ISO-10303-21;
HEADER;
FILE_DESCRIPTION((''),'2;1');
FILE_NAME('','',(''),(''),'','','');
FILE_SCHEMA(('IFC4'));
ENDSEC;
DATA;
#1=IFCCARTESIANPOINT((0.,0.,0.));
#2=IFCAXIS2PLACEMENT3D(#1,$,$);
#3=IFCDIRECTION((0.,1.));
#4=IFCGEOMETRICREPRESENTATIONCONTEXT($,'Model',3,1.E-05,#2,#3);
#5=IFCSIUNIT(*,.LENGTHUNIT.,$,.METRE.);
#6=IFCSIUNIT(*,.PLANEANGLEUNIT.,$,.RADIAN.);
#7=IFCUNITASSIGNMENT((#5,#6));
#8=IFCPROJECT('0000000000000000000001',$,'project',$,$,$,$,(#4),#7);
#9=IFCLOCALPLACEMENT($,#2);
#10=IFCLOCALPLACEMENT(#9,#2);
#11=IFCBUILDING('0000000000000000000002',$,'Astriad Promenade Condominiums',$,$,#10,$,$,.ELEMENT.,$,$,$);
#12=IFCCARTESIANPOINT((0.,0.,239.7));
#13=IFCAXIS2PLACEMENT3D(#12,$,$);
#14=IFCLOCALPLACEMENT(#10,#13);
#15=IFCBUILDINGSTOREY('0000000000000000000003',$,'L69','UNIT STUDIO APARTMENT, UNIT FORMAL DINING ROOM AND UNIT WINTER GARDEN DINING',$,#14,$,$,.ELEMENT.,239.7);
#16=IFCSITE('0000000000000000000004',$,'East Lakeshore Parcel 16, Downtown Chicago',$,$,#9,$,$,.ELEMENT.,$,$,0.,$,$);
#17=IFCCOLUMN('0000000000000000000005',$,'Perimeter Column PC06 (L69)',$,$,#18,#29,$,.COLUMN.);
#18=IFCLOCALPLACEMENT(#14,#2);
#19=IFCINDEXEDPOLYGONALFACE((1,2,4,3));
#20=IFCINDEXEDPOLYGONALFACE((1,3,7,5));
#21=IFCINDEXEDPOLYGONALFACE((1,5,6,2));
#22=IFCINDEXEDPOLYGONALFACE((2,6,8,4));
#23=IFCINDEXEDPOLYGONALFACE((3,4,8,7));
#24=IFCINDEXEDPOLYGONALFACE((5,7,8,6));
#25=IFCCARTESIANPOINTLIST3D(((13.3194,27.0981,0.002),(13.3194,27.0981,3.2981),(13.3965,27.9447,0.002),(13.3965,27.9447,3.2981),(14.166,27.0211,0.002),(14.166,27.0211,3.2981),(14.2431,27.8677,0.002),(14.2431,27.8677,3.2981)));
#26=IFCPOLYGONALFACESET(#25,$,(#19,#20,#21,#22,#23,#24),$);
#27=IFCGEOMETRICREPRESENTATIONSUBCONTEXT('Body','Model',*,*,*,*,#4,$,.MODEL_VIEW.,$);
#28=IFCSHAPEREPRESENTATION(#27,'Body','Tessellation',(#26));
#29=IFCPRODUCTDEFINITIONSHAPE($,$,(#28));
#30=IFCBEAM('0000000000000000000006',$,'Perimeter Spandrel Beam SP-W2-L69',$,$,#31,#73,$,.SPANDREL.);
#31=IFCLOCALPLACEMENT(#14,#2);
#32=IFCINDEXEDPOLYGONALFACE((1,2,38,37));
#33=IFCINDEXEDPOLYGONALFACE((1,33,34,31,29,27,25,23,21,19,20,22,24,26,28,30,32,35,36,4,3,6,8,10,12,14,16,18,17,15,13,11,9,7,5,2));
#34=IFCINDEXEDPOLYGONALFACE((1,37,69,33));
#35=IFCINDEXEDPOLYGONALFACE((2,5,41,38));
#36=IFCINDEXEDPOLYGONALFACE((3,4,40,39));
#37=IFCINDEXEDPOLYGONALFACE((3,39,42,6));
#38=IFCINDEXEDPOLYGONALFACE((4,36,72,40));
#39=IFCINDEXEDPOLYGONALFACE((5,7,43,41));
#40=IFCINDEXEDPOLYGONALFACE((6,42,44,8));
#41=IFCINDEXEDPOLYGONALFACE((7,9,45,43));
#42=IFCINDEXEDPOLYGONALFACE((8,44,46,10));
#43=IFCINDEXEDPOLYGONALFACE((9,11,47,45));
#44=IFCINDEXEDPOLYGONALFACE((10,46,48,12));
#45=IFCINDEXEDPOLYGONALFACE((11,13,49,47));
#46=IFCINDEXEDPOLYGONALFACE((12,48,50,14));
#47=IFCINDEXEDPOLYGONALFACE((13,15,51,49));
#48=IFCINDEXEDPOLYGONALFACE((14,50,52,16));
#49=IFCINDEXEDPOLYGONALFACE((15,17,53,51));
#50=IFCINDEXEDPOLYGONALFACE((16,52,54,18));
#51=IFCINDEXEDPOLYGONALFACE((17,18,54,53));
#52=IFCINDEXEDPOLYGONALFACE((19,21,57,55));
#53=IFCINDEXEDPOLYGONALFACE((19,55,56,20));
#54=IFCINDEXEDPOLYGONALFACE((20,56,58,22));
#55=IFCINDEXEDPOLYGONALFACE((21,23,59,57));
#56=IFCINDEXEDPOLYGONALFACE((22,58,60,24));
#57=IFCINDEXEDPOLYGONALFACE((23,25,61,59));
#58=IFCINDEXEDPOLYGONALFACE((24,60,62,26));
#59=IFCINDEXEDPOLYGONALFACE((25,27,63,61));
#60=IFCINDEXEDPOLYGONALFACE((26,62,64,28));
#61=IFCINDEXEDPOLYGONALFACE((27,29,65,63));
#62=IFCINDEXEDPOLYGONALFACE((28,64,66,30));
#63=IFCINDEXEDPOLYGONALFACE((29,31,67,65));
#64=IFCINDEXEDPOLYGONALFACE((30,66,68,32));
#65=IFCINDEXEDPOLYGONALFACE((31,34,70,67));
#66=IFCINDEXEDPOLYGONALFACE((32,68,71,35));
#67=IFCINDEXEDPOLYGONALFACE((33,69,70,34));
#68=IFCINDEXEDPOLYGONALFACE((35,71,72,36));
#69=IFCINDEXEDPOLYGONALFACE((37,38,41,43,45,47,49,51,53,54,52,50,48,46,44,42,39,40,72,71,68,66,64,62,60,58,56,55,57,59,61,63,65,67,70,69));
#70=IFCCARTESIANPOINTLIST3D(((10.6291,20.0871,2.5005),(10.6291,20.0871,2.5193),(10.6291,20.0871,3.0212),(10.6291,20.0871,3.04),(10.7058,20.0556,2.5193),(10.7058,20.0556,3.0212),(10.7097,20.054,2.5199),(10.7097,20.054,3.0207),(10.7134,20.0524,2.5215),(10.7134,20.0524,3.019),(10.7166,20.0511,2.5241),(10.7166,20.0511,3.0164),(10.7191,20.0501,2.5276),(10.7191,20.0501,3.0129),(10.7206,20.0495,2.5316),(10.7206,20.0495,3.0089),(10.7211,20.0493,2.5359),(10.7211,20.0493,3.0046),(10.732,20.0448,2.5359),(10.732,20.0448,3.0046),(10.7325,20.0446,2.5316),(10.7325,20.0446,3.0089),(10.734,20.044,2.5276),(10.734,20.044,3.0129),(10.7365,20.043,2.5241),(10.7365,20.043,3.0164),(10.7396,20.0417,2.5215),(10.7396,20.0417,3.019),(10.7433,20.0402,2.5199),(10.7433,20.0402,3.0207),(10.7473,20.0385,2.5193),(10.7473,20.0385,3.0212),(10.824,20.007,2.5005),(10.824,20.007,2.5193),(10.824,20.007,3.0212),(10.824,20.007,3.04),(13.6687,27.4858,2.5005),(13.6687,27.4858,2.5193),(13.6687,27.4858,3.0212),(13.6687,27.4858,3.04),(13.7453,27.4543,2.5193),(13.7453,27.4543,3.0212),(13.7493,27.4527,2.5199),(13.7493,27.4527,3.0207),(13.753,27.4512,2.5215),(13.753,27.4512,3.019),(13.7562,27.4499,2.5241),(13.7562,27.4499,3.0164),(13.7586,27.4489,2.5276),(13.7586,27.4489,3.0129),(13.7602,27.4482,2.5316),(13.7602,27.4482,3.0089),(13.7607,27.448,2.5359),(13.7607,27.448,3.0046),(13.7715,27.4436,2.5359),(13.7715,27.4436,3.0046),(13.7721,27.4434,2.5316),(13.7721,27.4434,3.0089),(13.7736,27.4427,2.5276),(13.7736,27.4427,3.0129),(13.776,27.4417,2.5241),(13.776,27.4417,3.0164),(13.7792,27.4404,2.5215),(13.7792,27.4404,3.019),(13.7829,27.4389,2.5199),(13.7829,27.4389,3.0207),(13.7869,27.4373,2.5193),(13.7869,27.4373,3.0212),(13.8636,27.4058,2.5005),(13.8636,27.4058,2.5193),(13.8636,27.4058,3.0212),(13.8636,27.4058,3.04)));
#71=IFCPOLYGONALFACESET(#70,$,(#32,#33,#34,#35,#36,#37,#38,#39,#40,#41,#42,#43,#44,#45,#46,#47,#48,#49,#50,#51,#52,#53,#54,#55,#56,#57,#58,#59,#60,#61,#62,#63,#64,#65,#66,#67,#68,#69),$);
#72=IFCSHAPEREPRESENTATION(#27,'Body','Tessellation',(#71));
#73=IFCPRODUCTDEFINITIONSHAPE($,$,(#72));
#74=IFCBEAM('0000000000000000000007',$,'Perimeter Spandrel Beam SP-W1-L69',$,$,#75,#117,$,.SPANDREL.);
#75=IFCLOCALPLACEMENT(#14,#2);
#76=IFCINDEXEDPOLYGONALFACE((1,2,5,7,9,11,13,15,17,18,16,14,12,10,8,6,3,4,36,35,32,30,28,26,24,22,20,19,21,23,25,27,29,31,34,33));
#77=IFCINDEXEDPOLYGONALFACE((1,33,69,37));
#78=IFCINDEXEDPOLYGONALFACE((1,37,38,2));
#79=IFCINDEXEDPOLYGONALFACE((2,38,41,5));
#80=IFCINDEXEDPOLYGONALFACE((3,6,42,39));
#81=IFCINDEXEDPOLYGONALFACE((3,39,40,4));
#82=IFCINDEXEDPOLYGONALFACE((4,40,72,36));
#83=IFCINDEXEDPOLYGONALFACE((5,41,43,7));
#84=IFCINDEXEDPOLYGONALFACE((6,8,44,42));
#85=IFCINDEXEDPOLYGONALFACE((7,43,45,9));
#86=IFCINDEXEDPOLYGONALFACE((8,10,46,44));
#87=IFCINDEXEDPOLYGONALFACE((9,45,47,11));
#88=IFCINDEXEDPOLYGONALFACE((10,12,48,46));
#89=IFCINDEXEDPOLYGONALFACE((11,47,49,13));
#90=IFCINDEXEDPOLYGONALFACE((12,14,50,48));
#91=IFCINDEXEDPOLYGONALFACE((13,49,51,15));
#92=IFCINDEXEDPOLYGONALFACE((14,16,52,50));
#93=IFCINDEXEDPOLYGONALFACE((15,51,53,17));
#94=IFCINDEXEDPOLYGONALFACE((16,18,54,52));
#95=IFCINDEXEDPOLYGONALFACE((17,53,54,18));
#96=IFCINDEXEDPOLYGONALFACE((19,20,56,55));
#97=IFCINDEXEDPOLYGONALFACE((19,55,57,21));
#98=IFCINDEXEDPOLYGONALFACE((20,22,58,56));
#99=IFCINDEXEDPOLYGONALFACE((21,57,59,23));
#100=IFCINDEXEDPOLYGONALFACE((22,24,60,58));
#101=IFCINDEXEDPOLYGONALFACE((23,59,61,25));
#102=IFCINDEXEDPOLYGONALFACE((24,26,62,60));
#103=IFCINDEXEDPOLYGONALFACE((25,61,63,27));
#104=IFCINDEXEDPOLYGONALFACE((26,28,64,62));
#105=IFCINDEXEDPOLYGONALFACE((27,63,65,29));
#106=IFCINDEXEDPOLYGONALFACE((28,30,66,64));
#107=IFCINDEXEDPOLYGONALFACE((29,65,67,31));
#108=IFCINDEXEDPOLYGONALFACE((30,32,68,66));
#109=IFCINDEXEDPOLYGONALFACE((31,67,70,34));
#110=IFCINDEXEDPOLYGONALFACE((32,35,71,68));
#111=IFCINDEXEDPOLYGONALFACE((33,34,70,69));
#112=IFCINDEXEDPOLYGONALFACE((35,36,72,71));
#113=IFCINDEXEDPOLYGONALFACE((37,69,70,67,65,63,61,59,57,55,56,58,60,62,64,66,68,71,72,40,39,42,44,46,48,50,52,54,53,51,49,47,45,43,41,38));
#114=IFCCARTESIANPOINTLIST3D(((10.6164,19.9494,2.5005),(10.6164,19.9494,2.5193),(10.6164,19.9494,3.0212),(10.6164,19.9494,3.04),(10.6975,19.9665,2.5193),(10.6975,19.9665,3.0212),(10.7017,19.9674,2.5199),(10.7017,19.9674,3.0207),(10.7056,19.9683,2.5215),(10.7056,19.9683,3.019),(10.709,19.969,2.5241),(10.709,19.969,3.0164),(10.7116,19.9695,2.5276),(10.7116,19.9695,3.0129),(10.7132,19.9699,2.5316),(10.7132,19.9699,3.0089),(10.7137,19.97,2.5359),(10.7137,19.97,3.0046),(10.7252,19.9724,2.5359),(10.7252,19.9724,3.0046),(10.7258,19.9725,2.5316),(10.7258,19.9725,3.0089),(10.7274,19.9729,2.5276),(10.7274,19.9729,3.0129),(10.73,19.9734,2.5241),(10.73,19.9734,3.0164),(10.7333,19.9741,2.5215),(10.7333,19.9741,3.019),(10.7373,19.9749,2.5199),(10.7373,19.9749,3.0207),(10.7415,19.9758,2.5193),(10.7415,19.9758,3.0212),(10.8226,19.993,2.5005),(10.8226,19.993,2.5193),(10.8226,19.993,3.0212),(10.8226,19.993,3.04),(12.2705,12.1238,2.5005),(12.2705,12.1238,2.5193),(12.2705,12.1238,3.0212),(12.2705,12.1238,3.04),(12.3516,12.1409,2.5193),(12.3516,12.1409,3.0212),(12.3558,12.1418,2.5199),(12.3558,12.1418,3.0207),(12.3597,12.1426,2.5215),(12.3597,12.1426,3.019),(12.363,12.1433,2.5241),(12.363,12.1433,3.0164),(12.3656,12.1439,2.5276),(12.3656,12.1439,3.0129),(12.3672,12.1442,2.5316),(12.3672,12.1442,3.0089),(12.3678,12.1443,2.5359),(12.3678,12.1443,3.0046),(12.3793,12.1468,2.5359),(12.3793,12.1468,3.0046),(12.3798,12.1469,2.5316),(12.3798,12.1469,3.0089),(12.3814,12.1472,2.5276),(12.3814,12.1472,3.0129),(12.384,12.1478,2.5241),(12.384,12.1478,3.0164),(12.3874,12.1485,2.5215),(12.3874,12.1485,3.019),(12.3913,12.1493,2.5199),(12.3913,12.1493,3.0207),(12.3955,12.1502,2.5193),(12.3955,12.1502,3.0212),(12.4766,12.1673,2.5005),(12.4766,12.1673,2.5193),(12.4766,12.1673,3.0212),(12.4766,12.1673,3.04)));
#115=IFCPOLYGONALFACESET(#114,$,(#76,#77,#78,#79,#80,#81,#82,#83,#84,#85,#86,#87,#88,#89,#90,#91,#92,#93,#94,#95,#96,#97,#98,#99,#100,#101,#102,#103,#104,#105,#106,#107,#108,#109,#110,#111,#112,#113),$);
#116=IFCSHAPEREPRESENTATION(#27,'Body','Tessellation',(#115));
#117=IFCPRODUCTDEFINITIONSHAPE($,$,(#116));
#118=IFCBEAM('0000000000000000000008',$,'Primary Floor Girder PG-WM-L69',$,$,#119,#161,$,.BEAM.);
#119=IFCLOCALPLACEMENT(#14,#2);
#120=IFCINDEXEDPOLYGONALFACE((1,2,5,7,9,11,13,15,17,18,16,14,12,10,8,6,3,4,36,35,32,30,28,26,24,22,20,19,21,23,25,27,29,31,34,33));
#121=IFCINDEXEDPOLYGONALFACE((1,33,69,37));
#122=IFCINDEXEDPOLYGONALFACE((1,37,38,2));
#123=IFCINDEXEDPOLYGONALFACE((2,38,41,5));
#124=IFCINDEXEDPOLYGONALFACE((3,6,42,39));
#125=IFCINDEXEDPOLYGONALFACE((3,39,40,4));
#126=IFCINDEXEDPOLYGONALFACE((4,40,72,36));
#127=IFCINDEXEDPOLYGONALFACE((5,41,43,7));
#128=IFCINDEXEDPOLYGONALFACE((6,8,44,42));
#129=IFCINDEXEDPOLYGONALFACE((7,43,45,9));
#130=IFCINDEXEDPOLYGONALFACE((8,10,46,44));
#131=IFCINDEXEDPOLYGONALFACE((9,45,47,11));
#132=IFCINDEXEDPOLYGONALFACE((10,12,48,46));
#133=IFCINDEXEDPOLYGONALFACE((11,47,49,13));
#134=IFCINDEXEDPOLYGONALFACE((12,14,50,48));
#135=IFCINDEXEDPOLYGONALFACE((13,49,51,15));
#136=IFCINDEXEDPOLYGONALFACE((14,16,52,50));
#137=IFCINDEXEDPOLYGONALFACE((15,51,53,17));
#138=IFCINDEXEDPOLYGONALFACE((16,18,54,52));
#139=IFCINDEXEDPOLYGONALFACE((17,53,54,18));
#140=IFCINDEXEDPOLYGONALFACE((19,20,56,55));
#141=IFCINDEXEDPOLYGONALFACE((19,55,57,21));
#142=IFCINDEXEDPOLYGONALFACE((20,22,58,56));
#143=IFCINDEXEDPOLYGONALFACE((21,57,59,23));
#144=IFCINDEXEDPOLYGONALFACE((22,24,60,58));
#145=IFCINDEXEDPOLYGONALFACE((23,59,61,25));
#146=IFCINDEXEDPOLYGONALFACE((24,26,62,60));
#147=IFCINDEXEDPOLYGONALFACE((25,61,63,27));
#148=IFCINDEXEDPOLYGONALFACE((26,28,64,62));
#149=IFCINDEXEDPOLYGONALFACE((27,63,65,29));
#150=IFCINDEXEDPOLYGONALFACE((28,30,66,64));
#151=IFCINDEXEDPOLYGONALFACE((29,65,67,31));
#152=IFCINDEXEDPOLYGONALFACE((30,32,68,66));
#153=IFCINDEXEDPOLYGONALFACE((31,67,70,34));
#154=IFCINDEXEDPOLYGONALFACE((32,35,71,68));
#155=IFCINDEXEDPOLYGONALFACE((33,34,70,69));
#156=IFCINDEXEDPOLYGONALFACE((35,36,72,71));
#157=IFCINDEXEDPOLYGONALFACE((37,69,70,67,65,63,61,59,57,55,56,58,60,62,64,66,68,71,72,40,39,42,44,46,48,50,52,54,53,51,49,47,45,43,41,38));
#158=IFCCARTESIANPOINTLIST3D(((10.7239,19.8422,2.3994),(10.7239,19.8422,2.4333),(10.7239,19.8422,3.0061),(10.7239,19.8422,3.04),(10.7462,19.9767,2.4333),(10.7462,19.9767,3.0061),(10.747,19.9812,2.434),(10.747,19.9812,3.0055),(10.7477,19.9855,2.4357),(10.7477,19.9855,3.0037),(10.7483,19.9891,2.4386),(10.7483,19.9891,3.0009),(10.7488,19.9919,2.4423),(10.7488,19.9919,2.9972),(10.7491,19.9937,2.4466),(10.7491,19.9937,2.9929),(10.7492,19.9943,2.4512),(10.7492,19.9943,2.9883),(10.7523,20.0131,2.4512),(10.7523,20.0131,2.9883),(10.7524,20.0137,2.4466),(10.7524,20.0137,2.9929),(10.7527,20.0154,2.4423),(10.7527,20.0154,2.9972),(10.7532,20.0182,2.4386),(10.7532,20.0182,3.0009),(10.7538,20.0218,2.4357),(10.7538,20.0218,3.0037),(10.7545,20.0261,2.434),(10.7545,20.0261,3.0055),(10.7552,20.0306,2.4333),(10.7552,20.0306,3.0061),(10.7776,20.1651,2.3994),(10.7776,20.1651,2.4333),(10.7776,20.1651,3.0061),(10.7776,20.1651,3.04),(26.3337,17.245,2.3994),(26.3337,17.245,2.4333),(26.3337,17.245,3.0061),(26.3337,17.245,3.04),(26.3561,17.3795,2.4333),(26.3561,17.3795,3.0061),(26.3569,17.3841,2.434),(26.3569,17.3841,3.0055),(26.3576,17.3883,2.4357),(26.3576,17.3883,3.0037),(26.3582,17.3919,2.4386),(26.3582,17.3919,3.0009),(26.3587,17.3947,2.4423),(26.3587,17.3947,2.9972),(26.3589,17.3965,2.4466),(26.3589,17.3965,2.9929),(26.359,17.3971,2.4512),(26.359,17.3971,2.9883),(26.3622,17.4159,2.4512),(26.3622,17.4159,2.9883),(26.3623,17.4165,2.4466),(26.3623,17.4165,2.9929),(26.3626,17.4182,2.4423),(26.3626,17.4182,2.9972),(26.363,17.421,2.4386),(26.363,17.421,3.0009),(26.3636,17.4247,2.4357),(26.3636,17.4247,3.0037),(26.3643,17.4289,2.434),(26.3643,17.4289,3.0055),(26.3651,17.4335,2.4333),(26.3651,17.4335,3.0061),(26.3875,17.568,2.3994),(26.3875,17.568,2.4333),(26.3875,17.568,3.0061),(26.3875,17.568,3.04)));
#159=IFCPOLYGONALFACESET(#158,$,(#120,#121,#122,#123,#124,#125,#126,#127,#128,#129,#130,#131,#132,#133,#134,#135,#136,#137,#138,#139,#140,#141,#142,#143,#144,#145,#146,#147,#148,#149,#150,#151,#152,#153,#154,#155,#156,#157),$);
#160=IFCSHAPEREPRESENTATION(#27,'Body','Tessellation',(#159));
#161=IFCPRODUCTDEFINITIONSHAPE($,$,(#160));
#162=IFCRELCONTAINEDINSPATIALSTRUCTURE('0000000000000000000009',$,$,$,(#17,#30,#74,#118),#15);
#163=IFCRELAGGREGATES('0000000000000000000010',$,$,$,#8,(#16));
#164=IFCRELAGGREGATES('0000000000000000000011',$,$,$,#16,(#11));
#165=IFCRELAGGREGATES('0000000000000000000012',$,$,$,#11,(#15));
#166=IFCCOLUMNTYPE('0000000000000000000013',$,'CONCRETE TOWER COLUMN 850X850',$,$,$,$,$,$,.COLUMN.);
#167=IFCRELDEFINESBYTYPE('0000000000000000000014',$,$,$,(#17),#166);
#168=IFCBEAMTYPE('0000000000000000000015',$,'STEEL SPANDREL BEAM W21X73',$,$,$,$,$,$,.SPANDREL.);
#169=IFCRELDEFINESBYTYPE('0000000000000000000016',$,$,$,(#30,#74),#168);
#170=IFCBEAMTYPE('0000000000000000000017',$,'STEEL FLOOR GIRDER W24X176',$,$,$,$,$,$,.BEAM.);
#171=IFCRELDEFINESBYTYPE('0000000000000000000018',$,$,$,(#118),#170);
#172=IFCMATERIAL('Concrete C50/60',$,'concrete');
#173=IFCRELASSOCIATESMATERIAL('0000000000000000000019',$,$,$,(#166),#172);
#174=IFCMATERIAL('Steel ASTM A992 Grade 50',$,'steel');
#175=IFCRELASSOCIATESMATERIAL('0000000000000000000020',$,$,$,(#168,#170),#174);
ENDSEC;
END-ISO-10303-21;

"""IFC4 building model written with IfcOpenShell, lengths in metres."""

from ifc_helpers import new_model, si_unit, direction, frame, origin, origin_2d, place, context, subcontext, project, spatial, rectangle, i_section, extrude, source, transform, mapped, material, material_profile, profile_set, type_object, type_shapes, element, save


model = new_model("IFC4")

# Units and contexts
model_context = context("Model", 3, precision=1e-05, world=origin(), true_north=direction((0.0, 1.0)))
body_context = subcontext(model_context, "Body", "Model", "MODEL_VIEW")
ifc_project = project(units=[si_unit("LENGTHUNIT", "METRE"), si_unit("PLANEANGLEUNIT", "RADIAN")], contexts=[model_context])

# Site, building, storey
site_placement = place(None, origin())
site = spatial("IfcSite", under=ifc_project, at=site_placement, Name="East Lakeshore Parcel 16, Downtown Chicago", CompositionType="ELEMENT", RefElevation=0.0)
building_placement = place(site_placement, origin())
building = spatial("IfcBuilding", under=site, at=building_placement, Name="Astriad Promenade Condominiums", CompositionType="ELEMENT")
storey_placement = place(building_placement, frame((0.0, 0.0, 239.7)))
storey = spatial("IfcBuildingStorey", under=building, at=storey_placement, Name="L69", Description="UNIT STUDIO APARTMENT, UNIT FORMAL DINING ROOM AND UNIT WINTER GARDEN DINING", CompositionType="ELEMENT", Elevation=239.7)

# Column
ifc_material_1 = material(Name="Concrete C50/60", Category="concrete")
ifc_material_profile_1 = material_profile(ifc_material_1, rectangle(XDim=0.8501, YDim=0.8501, at=origin_2d()), Name="RC-COL-850X850")
ifc_profile_set_1 = profile_set([ifc_material_profile_1], Name="Concrete C50/60")
column_type = type_object("IfcColumnType", Name="CONCRETE TOWER COLUMN 850X850", PredefinedType="COLUMN", material=ifc_profile_set_1)
shared_shape_1 = source(origin(), body_context, "Body", "SweptSolid", [
    extrude(rectangle(XDim=0.8501, YDim=0.8501, at=origin_2d()), origin(), (0.0, 0.0, 1.0), 3.2961),
])
type_shapes(column_type, [shared_shape_1])
column_placement = place(storey_placement, frame((13.7812, 27.4829, 0.002), z_axis=(0.0, 0.0, 1.0), x_axis=(0.995884, -0.090633, 0.0)))
element("IfcColumn", 1, at=column_placement, inside=storey, type_object=column_type, Name="Perimeter Column PC06 (L69)", PredefinedType="COLUMN", context=body_context, shape_type="MappedRepresentation", body=[
    mapped(shared_shape_1, transform((0.0, 0.0, 0.0), scale=1.0)),
])

# Beams
ifc_material_2 = material(Name="Steel ASTM A992 Grade 50", Category="steel")
ifc_material_profile_2 = material_profile(ifc_material_2, i_section(OverallWidth=0.2107, OverallDepth=0.5396, WebThickness=0.0117, FlangeThickness=0.0188, FilletRadius=0.0166, at=origin_2d()), Name="W21X73")
ifc_profile_set_2 = profile_set([ifc_material_profile_2], Name="Steel ASTM A992 Grade 50")
beam_type_1 = type_object("IfcBeamType", Name="STEEL SPANDREL BEAM W21X73", PredefinedType="SPANDREL", material=ifc_profile_set_2)
shared_shape_2 = source(origin(), body_context, "Body", "SweptSolid", [
    extrude(i_section(OverallWidth=0.2107, OverallDepth=0.5396, WebThickness=0.0117, FlangeThickness=0.0188, FilletRadius=0.0166, at=origin_2d()), origin(), (0.0, 0.0, 1.0), 7.9988),
])
beam_1_placement = place(storey_placement, frame((13.7661, 27.4458, 2.7703), z_axis=(-0.380005, -0.924984, 0.0), x_axis=(0.924984, -0.380005, 0.0)))
element("IfcBeam", 2, at=beam_1_placement, inside=storey, type_object=beam_type_1, Name="Perimeter Spandrel Beam SP-W2-L69", PredefinedType="SPANDREL", context=body_context, shape_type="MappedRepresentation", body=[
    mapped(shared_shape_2, transform((0.0, 0.0, 0.0), scale=1.0)),
])
shared_shape_3 = source(origin(), body_context, "Body", "SweptSolid", [
    extrude(i_section(OverallWidth=0.2107, OverallDepth=0.5396, WebThickness=0.0117, FlangeThickness=0.0188, FilletRadius=0.0166, at=origin_2d()), origin(), (0.0, 0.0, 1.0), 7.9985),
])
type_shapes(beam_type_1, [shared_shape_2, shared_shape_3])
beam_2_placement = place(storey_placement, frame((10.7195, 19.9712, 2.7703), z_axis=(0.206793, -0.978385, 0.0), x_axis=(0.978385, 0.206793, 0.0)))
element("IfcBeam", 3, at=beam_2_placement, inside=storey, type_object=beam_type_1, Name="Perimeter Spandrel Beam SP-W1-L69", PredefinedType="SPANDREL", context=body_context, shape_type="MappedRepresentation", body=[
    mapped(shared_shape_3, transform((0.0, 0.0, 0.0), scale=1.0)),
])
ifc_material_profile_3 = material_profile(ifc_material_2, i_section(OverallWidth=0.3274, OverallDepth=0.6406, WebThickness=0.019, FlangeThickness=0.0339, FilletRadius=0.0178, at=origin_2d()), Name="W24X176")
ifc_profile_set_3 = profile_set([ifc_material_profile_3], Name="Steel ASTM A992 Grade 50")
beam_type_2 = type_object("IfcBeamType", Name="STEEL FLOOR GIRDER W24X176", PredefinedType="BEAM", material=ifc_profile_set_3)
shared_shape_4 = source(origin(), body_context, "Body", "SweptSolid", [
    extrude(i_section(OverallWidth=0.3274, OverallDepth=0.6406, WebThickness=0.019, FlangeThickness=0.0339, FilletRadius=0.0178, at=origin_2d()), origin(), (0.0, 0.0, 1.0), 15.8245),
])
type_shapes(beam_type_2, [shared_shape_4])
beam_3_placement = place(storey_placement, frame((10.7507, 20.0037, 2.7197), z_axis=(0.98644, -0.164124, 0.0), x_axis=(0.164124, 0.98644, 0.0)))
element("IfcBeam", 4, at=beam_3_placement, inside=storey, type_object=beam_type_2, Name="Primary Floor Girder PG-WM-L69", PredefinedType="BEAM", context=body_context, shape_type="MappedRepresentation", body=[
    mapped(shared_shape_4, transform((0.0, 0.0, 0.0), scale=1.0)),
])

save(model, "model.ifc")
